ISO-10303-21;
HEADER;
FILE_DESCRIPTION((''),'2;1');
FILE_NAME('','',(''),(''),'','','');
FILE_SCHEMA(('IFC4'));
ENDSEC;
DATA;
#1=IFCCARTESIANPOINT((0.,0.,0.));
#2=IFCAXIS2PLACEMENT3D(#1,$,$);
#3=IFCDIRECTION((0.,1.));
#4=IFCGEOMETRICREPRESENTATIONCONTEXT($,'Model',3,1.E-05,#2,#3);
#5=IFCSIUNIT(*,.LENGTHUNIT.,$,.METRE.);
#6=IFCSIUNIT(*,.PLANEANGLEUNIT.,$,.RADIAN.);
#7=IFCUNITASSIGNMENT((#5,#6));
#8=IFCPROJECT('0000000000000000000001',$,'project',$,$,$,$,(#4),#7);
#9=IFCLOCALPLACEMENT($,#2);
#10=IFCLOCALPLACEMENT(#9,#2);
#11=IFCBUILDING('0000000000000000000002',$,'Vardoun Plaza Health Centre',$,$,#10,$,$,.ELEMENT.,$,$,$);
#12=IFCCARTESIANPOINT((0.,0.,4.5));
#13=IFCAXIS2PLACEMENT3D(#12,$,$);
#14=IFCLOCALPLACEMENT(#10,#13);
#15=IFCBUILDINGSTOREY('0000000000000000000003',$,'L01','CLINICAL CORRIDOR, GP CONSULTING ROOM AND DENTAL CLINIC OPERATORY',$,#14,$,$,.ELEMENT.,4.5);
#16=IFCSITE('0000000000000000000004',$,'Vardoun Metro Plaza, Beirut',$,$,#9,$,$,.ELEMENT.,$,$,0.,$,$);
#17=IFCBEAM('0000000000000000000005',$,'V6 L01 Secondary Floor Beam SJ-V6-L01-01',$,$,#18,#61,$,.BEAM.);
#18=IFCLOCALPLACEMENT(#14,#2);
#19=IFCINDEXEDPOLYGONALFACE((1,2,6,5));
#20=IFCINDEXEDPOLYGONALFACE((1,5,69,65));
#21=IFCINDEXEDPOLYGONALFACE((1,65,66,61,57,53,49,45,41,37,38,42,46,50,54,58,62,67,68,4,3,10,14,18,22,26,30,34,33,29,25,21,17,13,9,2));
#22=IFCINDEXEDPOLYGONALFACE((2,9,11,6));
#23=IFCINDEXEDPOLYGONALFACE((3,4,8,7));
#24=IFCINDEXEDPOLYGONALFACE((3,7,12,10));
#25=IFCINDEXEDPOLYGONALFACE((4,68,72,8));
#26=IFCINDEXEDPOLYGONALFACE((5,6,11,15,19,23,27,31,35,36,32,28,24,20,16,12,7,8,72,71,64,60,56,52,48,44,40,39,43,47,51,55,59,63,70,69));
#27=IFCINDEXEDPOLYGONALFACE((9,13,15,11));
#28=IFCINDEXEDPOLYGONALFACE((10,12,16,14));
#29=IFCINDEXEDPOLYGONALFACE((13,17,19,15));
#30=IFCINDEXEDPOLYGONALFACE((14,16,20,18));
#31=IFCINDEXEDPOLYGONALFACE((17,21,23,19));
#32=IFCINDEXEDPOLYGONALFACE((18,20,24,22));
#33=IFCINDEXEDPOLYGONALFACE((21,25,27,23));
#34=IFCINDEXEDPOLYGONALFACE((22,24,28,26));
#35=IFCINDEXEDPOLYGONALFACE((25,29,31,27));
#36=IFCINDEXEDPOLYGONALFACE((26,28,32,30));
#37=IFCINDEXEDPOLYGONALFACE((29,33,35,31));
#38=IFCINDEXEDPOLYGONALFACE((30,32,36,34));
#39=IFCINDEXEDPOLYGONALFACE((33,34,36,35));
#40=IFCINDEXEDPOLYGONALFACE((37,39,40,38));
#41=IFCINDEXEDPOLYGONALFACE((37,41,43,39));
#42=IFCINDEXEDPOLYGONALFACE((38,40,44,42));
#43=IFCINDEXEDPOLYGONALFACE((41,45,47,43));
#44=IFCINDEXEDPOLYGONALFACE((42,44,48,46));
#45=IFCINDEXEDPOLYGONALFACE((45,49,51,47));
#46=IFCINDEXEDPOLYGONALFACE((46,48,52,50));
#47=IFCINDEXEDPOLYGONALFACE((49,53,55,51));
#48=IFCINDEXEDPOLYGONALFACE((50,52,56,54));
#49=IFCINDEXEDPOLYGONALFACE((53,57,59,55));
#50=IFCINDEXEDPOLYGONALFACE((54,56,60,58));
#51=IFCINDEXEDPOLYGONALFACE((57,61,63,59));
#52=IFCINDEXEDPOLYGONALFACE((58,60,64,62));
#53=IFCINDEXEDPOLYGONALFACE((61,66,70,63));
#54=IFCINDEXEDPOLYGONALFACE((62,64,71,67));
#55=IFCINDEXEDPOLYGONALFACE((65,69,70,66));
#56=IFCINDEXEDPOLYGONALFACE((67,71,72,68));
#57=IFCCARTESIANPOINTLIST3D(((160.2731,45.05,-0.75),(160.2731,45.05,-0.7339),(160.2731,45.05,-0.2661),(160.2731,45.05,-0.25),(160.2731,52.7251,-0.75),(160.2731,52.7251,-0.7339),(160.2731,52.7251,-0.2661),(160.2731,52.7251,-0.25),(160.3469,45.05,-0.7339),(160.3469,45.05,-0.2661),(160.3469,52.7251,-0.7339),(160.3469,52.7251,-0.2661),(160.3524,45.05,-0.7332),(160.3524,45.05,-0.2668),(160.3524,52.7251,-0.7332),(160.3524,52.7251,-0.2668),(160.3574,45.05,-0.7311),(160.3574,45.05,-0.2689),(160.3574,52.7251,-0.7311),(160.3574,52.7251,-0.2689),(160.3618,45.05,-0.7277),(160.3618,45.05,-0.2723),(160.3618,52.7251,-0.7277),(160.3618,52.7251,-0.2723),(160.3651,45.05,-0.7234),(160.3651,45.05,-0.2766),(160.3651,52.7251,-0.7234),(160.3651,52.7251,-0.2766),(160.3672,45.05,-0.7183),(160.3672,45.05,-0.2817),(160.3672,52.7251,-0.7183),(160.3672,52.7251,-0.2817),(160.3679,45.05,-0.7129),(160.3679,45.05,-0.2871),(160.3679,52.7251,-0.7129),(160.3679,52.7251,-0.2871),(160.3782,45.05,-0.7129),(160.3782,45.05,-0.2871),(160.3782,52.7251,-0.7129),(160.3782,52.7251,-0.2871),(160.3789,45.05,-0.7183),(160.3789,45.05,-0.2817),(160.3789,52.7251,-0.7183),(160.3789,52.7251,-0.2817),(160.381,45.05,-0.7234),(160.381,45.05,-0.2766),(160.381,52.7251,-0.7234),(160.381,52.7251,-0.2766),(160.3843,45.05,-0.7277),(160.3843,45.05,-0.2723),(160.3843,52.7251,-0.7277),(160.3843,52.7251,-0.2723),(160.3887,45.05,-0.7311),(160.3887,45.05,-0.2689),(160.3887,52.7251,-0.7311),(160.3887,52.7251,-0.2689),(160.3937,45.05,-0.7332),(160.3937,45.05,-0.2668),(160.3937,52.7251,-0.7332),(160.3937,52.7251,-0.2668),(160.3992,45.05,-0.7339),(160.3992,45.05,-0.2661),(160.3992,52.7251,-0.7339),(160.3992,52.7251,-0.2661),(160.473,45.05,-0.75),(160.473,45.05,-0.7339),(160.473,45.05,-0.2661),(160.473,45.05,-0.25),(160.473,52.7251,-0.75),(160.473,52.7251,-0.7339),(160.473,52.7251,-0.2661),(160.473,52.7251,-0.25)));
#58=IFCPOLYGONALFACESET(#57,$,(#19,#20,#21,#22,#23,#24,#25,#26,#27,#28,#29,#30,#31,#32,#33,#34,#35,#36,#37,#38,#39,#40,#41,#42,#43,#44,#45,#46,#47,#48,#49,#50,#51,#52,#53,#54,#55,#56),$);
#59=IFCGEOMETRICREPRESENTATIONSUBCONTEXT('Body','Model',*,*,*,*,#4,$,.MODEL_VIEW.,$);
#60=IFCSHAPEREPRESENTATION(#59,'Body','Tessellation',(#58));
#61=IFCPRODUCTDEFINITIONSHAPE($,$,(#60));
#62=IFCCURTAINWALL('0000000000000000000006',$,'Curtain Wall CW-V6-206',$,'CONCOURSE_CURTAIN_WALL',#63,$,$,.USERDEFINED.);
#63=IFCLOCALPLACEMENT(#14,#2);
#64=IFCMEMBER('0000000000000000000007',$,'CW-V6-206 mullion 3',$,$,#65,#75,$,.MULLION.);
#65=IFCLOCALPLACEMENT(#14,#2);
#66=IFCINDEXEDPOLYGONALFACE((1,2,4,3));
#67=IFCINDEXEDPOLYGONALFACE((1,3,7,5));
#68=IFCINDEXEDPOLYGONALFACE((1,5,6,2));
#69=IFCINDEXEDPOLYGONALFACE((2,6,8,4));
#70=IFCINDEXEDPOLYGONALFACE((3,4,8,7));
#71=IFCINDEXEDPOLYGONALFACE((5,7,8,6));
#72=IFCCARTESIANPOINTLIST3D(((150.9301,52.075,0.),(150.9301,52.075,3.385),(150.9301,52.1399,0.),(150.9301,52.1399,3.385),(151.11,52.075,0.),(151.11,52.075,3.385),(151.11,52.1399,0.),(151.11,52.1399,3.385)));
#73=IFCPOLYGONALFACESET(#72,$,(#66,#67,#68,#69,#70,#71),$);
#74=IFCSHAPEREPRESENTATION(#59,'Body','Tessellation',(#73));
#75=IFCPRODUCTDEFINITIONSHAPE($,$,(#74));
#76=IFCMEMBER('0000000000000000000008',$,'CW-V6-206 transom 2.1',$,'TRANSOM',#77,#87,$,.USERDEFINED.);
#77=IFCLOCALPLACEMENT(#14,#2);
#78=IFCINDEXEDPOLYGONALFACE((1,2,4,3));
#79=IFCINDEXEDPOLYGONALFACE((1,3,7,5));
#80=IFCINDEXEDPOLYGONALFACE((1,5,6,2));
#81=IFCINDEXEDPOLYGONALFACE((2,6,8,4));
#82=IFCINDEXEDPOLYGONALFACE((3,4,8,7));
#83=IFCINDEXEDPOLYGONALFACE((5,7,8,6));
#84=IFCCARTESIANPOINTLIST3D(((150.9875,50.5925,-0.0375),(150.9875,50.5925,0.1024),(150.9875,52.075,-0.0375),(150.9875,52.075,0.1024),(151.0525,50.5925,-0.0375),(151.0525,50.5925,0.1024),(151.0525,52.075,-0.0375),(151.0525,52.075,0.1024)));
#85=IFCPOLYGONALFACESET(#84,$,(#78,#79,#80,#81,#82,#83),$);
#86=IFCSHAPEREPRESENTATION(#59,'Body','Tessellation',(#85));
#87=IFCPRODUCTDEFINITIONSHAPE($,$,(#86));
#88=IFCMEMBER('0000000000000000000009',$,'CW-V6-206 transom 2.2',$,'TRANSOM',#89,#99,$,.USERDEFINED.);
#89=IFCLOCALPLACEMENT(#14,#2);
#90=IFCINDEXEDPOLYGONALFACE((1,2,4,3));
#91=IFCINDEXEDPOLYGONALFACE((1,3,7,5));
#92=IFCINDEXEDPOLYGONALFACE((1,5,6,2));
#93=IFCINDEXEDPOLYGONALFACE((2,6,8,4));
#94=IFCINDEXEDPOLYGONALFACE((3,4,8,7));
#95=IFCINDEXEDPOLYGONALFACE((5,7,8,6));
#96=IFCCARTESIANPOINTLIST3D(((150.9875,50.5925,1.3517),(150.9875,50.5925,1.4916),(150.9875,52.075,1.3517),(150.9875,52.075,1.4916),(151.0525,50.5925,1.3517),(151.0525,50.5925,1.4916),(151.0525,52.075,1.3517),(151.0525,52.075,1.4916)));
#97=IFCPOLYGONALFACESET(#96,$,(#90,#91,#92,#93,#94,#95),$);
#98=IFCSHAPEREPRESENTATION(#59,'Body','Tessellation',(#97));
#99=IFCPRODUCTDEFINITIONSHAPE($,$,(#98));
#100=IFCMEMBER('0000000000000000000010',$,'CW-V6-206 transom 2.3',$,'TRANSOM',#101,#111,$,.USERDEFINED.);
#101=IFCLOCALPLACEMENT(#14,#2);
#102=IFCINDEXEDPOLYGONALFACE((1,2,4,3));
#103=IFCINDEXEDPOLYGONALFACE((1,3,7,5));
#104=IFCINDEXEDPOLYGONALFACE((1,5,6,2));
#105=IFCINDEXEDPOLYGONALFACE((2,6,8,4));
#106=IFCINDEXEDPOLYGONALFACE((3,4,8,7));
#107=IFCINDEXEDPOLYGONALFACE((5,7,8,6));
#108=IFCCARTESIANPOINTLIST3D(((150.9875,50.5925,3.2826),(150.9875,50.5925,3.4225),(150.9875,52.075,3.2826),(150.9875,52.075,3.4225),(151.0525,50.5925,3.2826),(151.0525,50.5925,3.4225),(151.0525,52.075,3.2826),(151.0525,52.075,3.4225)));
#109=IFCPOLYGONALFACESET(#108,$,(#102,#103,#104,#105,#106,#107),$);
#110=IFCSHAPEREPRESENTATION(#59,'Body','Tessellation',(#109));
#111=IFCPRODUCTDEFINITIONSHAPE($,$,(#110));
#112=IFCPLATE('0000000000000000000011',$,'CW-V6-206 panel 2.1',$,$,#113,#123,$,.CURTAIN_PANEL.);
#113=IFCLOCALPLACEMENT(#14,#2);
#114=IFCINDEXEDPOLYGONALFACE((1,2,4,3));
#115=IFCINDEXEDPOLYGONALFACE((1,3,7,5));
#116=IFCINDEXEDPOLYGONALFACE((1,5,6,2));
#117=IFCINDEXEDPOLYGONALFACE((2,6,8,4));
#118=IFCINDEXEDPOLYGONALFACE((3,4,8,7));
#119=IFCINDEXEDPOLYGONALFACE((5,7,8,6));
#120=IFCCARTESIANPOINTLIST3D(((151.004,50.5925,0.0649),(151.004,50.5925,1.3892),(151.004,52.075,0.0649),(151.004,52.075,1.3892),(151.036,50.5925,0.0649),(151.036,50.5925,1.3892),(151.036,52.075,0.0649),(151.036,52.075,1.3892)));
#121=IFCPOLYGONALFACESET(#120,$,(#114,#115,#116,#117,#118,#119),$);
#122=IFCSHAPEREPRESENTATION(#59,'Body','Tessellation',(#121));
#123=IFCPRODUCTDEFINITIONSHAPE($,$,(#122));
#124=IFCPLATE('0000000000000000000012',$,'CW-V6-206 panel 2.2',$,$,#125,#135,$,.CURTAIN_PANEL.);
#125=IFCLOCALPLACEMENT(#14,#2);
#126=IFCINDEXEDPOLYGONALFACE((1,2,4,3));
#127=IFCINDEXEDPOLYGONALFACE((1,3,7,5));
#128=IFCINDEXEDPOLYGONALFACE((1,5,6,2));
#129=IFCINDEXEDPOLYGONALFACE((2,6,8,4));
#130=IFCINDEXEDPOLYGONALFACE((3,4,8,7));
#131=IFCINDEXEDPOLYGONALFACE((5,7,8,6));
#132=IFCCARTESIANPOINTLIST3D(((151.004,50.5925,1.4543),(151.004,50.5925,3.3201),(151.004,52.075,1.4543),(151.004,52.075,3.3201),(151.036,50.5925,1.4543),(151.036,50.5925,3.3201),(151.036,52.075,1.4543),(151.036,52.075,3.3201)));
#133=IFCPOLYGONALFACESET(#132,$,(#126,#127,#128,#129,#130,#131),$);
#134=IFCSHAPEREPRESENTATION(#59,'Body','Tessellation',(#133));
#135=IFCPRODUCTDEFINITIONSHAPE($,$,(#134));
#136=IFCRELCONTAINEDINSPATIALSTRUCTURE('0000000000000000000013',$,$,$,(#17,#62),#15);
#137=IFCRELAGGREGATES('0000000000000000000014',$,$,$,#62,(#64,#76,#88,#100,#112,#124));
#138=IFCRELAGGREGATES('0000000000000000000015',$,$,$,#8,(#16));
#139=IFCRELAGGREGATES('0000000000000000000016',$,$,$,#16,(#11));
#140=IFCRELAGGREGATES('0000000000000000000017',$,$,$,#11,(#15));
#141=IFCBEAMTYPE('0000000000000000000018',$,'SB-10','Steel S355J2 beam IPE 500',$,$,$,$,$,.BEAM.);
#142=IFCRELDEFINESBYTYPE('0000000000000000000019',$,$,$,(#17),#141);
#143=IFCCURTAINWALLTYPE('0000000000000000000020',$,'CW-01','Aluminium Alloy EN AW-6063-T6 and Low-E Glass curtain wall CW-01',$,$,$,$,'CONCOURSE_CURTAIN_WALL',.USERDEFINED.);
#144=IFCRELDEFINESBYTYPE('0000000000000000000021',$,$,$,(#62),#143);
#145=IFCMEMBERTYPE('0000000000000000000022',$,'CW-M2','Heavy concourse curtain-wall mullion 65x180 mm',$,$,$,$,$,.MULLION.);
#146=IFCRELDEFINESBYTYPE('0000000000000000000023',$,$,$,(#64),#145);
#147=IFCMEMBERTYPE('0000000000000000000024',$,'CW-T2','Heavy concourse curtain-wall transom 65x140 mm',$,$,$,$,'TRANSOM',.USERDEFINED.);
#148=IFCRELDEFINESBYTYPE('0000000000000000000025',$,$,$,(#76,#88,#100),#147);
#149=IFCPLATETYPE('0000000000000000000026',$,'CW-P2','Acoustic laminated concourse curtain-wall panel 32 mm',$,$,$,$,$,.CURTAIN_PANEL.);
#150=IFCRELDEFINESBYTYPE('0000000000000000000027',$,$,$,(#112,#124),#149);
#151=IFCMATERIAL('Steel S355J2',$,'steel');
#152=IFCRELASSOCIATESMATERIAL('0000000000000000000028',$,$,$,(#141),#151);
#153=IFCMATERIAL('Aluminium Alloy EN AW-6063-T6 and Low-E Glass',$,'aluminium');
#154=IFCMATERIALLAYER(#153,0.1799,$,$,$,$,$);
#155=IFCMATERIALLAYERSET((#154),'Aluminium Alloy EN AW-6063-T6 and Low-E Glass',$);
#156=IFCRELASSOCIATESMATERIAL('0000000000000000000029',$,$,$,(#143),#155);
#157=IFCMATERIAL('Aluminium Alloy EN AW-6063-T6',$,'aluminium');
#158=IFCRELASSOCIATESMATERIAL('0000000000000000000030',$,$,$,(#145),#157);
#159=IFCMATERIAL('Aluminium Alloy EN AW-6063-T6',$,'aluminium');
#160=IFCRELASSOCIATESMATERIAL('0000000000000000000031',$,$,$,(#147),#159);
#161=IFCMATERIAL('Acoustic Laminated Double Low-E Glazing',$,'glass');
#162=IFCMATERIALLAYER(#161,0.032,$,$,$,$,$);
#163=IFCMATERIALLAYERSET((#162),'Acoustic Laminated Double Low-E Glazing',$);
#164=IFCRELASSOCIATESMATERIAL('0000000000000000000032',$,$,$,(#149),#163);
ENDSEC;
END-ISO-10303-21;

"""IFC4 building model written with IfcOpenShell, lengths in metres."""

from ifc_helpers import new_model, si_unit, direction, frame, origin, origin_2d, place, context, subcontext, project, spatial, rectangle, i_section, extrude, material, layer, layer_set, material_profile, profile_set, type_object, element, aggregate, save


model = new_model("IFC4")

# Units and contexts
model_context = context("Model", 3, precision=1e-05, world=origin(), true_north=direction((0.0, 1.0)))
body_context = subcontext(model_context, "Body", "Model", "MODEL_VIEW")
ifc_project = project(units=[si_unit("LENGTHUNIT", "METRE"), si_unit("PLANEANGLEUNIT", "RADIAN")], contexts=[model_context])

# Site, building, storey
site_placement = place(None, origin())
site = spatial("IfcSite", under=ifc_project, at=site_placement, Name="Vardoun Metro Plaza, Beirut", CompositionType="ELEMENT", RefElevation=0.0)
building_placement = place(site_placement, origin())
building = spatial("IfcBuilding", under=site, at=building_placement, Name="Vardoun Plaza Health Centre", CompositionType="ELEMENT")
storey_placement = place(building_placement, frame((0.0, 0.0, 4.5)))
storey = spatial("IfcBuildingStorey", under=building, at=storey_placement, Name="L01", Description="CLINICAL CORRIDOR, GP CONSULTING ROOM AND DENTAL CLINIC OPERATORY", CompositionType="ELEMENT", Elevation=4.5)

# Beam
ifc_material_1 = material(Name="Steel S355J2", Category="steel")
ifc_material_profile_1 = material_profile(ifc_material_1, i_section(OverallWidth=0.2, OverallDepth=0.5, WebThickness=0.0103, FlangeThickness=0.0161, FilletRadius=0.021, at=origin_2d()), Name="IPE 500")
ifc_profile_set_1 = profile_set([ifc_material_profile_1], Name="Steel S355J2")
beam_type_1 = type_object("IfcBeamType", Name="SB-10", Description="Steel S355J2 beam IPE 500", PredefinedType="BEAM", material=ifc_profile_set_1)
beam_1_placement = place(storey_placement, frame((160.373, 45.05, -0.5), z_axis=(0.0, 1.0, 0.0), x_axis=(-1.0, 0.0, 0.0)))
element("IfcBeam", 1, at=beam_1_placement, inside=storey, type_object=beam_type_1, Name="V6 L01 Secondary Floor Beam SJ-V6-L01-01", PredefinedType="BEAM", context=body_context, shape_type="SweptSolid", body=[
    extrude(i_section(OverallWidth=0.2, OverallDepth=0.5, WebThickness=0.0103, FlangeThickness=0.0161, FilletRadius=0.021, at=origin_2d()), origin(), (0.0, 0.0, 1.0), 7.675),
])

# Curtain wall, members, plates
ifc_material_2 = material(Name="Aluminium Alloy EN AW-6063-T6 and Low-E Glass", Category="aluminium")
ifc_layer_1 = layer(ifc_material_2, 0.1799)
ifc_layer_set_1 = layer_set([ifc_layer_1], Name="Aluminium Alloy EN AW-6063-T6 and Low-E Glass")
curtain_wall_type = type_object("IfcCurtainWallType", Name="CW-01", Description="Aluminium Alloy EN AW-6063-T6 and Low-E Glass curtain wall CW-01", ElementType="CONCOURSE_CURTAIN_WALL", PredefinedType="USERDEFINED", material=ifc_layer_set_1)
curtain_wall_placement = place(storey_placement, origin())
curtain_wall = element("IfcCurtainWall", 2, at=curtain_wall_placement, inside=storey, type_object=curtain_wall_type, Name="Curtain Wall CW-V6-206", ObjectType="CONCOURSE_CURTAIN_WALL", PredefinedType="USERDEFINED")
ifc_material_3 = material(Name="Aluminium Alloy EN AW-6063-T6", Category="aluminium")
ifc_material_profile_2 = material_profile(ifc_material_3, rectangle(XDim=0.1799, YDim=0.0649, at=origin_2d()), Name="CWM 65x180")
ifc_profile_set_2 = profile_set([ifc_material_profile_2], Name="Aluminium Alloy EN AW-6063-T6")
member_type_1 = type_object("IfcMemberType", Name="CW-M2", Description="Heavy concourse curtain-wall mullion 65x180 mm", PredefinedType="MULLION", material=ifc_profile_set_2)
member_1_placement = place(storey_placement, frame((151.02, 52.1074, 0.0), z_axis=(0.0, 0.0, 1.0), x_axis=(-1.0, 0.0, 0.0)))
member_1 = element("IfcMember", 3, at=member_1_placement, type_object=member_type_1, Name="CW-V6-206 mullion 3", PredefinedType="MULLION", context=body_context, shape_type="SweptSolid", body=[
    extrude(rectangle(XDim=0.1799, YDim=0.0649, at=origin_2d()), origin(), (0.0, 0.0, 1.0), 3.385),
])
ifc_material_4 = material(Name="Aluminium Alloy EN AW-6063-T6", Category="aluminium")
ifc_material_profile_3 = material_profile(ifc_material_4, rectangle(XDim=0.0649, YDim=0.1399, at=origin_2d()), Name="CWT 65x140")
ifc_profile_set_3 = profile_set([ifc_material_profile_3], Name="Aluminium Alloy EN AW-6063-T6")
member_type_2 = type_object("IfcMemberType", Name="CW-T2", Description="Heavy concourse curtain-wall transom 65x140 mm", ElementType="TRANSOM", PredefinedType="USERDEFINED", material=ifc_profile_set_3)
member_2_placement = place(storey_placement, frame((151.02, 50.5925, 0.0325), z_axis=(0.0, 1.0, 0.0), x_axis=(-1.0, 0.0, 0.0)))
member_2 = element("IfcMember", 4, at=member_2_placement, type_object=member_type_2, Name="CW-V6-206 transom 2.1", ObjectType="TRANSOM", PredefinedType="USERDEFINED", context=body_context, shape_type="SweptSolid", body=[
    extrude(rectangle(XDim=0.0649, YDim=0.1399, at=origin_2d()), origin(), (0.0, 0.0, 1.0), 1.4824),
])
member_3_placement = place(storey_placement, frame((151.02, 50.5925, 1.4216), z_axis=(0.0, 1.0, 0.0), x_axis=(-1.0, 0.0, 0.0)))
member_3 = element("IfcMember", 5, at=member_3_placement, type_object=member_type_2, Name="CW-V6-206 transom 2.2", ObjectType="TRANSOM", PredefinedType="USERDEFINED", context=body_context, shape_type="SweptSolid", body=[
    extrude(rectangle(XDim=0.0649, YDim=0.1399, at=origin_2d()), origin(), (0.0, 0.0, 1.0), 1.4824),
])
member_4_placement = place(storey_placement, frame((151.02, 50.5925, 3.3525), z_axis=(0.0, 1.0, 0.0), x_axis=(-1.0, 0.0, 0.0)))
member_4 = element("IfcMember", 6, at=member_4_placement, type_object=member_type_2, Name="CW-V6-206 transom 2.3", ObjectType="TRANSOM", PredefinedType="USERDEFINED", context=body_context, shape_type="SweptSolid", body=[
    extrude(rectangle(XDim=0.0649, YDim=0.1399, at=origin_2d()), origin(), (0.0, 0.0, 1.0), 1.4824),
])
ifc_material_5 = material(Name="Acoustic Laminated Double Low-E Glazing", Category="glass")
ifc_layer_2 = layer(ifc_material_5, 0.032)
ifc_layer_set_2 = layer_set([ifc_layer_2], Name="Acoustic Laminated Double Low-E Glazing")
plate_type = type_object("IfcPlateType", Name="CW-P2", Description="Acoustic laminated concourse curtain-wall panel 32 mm", PredefinedType="CURTAIN_PANEL", material=ifc_layer_set_2)
plate_1_placement = place(storey_placement, frame((151.02, 51.3337, 0.0649), z_axis=(0.0, 0.0, 1.0), x_axis=(0.0, 1.0, 0.0)))
plate_1 = element("IfcPlate", 7, at=plate_1_placement, type_object=plate_type, Name="CW-V6-206 panel 2.1", PredefinedType="CURTAIN_PANEL", context=body_context, shape_type="SweptSolid", body=[
    extrude(rectangle(XDim=1.4824, YDim=0.032, at=origin_2d()), origin(), (0.0, 0.0, 1.0), 1.3242),
])
plate_2_placement = place(storey_placement, frame((151.02, 51.3337, 1.4543), z_axis=(0.0, 0.0, 1.0), x_axis=(0.0, 1.0, 0.0)))
plate_2 = element("IfcPlate", 8, at=plate_2_placement, type_object=plate_type, Name="CW-V6-206 panel 2.2", PredefinedType="CURTAIN_PANEL", context=body_context, shape_type="SweptSolid", body=[
    extrude(rectangle(XDim=1.4824, YDim=0.032, at=origin_2d()), origin(), (0.0, 0.0, 1.0), 1.8657),
])
aggregate(curtain_wall, [member_1, member_2, member_3, member_4, plate_1, plate_2])

save(model, "model.ifc")
